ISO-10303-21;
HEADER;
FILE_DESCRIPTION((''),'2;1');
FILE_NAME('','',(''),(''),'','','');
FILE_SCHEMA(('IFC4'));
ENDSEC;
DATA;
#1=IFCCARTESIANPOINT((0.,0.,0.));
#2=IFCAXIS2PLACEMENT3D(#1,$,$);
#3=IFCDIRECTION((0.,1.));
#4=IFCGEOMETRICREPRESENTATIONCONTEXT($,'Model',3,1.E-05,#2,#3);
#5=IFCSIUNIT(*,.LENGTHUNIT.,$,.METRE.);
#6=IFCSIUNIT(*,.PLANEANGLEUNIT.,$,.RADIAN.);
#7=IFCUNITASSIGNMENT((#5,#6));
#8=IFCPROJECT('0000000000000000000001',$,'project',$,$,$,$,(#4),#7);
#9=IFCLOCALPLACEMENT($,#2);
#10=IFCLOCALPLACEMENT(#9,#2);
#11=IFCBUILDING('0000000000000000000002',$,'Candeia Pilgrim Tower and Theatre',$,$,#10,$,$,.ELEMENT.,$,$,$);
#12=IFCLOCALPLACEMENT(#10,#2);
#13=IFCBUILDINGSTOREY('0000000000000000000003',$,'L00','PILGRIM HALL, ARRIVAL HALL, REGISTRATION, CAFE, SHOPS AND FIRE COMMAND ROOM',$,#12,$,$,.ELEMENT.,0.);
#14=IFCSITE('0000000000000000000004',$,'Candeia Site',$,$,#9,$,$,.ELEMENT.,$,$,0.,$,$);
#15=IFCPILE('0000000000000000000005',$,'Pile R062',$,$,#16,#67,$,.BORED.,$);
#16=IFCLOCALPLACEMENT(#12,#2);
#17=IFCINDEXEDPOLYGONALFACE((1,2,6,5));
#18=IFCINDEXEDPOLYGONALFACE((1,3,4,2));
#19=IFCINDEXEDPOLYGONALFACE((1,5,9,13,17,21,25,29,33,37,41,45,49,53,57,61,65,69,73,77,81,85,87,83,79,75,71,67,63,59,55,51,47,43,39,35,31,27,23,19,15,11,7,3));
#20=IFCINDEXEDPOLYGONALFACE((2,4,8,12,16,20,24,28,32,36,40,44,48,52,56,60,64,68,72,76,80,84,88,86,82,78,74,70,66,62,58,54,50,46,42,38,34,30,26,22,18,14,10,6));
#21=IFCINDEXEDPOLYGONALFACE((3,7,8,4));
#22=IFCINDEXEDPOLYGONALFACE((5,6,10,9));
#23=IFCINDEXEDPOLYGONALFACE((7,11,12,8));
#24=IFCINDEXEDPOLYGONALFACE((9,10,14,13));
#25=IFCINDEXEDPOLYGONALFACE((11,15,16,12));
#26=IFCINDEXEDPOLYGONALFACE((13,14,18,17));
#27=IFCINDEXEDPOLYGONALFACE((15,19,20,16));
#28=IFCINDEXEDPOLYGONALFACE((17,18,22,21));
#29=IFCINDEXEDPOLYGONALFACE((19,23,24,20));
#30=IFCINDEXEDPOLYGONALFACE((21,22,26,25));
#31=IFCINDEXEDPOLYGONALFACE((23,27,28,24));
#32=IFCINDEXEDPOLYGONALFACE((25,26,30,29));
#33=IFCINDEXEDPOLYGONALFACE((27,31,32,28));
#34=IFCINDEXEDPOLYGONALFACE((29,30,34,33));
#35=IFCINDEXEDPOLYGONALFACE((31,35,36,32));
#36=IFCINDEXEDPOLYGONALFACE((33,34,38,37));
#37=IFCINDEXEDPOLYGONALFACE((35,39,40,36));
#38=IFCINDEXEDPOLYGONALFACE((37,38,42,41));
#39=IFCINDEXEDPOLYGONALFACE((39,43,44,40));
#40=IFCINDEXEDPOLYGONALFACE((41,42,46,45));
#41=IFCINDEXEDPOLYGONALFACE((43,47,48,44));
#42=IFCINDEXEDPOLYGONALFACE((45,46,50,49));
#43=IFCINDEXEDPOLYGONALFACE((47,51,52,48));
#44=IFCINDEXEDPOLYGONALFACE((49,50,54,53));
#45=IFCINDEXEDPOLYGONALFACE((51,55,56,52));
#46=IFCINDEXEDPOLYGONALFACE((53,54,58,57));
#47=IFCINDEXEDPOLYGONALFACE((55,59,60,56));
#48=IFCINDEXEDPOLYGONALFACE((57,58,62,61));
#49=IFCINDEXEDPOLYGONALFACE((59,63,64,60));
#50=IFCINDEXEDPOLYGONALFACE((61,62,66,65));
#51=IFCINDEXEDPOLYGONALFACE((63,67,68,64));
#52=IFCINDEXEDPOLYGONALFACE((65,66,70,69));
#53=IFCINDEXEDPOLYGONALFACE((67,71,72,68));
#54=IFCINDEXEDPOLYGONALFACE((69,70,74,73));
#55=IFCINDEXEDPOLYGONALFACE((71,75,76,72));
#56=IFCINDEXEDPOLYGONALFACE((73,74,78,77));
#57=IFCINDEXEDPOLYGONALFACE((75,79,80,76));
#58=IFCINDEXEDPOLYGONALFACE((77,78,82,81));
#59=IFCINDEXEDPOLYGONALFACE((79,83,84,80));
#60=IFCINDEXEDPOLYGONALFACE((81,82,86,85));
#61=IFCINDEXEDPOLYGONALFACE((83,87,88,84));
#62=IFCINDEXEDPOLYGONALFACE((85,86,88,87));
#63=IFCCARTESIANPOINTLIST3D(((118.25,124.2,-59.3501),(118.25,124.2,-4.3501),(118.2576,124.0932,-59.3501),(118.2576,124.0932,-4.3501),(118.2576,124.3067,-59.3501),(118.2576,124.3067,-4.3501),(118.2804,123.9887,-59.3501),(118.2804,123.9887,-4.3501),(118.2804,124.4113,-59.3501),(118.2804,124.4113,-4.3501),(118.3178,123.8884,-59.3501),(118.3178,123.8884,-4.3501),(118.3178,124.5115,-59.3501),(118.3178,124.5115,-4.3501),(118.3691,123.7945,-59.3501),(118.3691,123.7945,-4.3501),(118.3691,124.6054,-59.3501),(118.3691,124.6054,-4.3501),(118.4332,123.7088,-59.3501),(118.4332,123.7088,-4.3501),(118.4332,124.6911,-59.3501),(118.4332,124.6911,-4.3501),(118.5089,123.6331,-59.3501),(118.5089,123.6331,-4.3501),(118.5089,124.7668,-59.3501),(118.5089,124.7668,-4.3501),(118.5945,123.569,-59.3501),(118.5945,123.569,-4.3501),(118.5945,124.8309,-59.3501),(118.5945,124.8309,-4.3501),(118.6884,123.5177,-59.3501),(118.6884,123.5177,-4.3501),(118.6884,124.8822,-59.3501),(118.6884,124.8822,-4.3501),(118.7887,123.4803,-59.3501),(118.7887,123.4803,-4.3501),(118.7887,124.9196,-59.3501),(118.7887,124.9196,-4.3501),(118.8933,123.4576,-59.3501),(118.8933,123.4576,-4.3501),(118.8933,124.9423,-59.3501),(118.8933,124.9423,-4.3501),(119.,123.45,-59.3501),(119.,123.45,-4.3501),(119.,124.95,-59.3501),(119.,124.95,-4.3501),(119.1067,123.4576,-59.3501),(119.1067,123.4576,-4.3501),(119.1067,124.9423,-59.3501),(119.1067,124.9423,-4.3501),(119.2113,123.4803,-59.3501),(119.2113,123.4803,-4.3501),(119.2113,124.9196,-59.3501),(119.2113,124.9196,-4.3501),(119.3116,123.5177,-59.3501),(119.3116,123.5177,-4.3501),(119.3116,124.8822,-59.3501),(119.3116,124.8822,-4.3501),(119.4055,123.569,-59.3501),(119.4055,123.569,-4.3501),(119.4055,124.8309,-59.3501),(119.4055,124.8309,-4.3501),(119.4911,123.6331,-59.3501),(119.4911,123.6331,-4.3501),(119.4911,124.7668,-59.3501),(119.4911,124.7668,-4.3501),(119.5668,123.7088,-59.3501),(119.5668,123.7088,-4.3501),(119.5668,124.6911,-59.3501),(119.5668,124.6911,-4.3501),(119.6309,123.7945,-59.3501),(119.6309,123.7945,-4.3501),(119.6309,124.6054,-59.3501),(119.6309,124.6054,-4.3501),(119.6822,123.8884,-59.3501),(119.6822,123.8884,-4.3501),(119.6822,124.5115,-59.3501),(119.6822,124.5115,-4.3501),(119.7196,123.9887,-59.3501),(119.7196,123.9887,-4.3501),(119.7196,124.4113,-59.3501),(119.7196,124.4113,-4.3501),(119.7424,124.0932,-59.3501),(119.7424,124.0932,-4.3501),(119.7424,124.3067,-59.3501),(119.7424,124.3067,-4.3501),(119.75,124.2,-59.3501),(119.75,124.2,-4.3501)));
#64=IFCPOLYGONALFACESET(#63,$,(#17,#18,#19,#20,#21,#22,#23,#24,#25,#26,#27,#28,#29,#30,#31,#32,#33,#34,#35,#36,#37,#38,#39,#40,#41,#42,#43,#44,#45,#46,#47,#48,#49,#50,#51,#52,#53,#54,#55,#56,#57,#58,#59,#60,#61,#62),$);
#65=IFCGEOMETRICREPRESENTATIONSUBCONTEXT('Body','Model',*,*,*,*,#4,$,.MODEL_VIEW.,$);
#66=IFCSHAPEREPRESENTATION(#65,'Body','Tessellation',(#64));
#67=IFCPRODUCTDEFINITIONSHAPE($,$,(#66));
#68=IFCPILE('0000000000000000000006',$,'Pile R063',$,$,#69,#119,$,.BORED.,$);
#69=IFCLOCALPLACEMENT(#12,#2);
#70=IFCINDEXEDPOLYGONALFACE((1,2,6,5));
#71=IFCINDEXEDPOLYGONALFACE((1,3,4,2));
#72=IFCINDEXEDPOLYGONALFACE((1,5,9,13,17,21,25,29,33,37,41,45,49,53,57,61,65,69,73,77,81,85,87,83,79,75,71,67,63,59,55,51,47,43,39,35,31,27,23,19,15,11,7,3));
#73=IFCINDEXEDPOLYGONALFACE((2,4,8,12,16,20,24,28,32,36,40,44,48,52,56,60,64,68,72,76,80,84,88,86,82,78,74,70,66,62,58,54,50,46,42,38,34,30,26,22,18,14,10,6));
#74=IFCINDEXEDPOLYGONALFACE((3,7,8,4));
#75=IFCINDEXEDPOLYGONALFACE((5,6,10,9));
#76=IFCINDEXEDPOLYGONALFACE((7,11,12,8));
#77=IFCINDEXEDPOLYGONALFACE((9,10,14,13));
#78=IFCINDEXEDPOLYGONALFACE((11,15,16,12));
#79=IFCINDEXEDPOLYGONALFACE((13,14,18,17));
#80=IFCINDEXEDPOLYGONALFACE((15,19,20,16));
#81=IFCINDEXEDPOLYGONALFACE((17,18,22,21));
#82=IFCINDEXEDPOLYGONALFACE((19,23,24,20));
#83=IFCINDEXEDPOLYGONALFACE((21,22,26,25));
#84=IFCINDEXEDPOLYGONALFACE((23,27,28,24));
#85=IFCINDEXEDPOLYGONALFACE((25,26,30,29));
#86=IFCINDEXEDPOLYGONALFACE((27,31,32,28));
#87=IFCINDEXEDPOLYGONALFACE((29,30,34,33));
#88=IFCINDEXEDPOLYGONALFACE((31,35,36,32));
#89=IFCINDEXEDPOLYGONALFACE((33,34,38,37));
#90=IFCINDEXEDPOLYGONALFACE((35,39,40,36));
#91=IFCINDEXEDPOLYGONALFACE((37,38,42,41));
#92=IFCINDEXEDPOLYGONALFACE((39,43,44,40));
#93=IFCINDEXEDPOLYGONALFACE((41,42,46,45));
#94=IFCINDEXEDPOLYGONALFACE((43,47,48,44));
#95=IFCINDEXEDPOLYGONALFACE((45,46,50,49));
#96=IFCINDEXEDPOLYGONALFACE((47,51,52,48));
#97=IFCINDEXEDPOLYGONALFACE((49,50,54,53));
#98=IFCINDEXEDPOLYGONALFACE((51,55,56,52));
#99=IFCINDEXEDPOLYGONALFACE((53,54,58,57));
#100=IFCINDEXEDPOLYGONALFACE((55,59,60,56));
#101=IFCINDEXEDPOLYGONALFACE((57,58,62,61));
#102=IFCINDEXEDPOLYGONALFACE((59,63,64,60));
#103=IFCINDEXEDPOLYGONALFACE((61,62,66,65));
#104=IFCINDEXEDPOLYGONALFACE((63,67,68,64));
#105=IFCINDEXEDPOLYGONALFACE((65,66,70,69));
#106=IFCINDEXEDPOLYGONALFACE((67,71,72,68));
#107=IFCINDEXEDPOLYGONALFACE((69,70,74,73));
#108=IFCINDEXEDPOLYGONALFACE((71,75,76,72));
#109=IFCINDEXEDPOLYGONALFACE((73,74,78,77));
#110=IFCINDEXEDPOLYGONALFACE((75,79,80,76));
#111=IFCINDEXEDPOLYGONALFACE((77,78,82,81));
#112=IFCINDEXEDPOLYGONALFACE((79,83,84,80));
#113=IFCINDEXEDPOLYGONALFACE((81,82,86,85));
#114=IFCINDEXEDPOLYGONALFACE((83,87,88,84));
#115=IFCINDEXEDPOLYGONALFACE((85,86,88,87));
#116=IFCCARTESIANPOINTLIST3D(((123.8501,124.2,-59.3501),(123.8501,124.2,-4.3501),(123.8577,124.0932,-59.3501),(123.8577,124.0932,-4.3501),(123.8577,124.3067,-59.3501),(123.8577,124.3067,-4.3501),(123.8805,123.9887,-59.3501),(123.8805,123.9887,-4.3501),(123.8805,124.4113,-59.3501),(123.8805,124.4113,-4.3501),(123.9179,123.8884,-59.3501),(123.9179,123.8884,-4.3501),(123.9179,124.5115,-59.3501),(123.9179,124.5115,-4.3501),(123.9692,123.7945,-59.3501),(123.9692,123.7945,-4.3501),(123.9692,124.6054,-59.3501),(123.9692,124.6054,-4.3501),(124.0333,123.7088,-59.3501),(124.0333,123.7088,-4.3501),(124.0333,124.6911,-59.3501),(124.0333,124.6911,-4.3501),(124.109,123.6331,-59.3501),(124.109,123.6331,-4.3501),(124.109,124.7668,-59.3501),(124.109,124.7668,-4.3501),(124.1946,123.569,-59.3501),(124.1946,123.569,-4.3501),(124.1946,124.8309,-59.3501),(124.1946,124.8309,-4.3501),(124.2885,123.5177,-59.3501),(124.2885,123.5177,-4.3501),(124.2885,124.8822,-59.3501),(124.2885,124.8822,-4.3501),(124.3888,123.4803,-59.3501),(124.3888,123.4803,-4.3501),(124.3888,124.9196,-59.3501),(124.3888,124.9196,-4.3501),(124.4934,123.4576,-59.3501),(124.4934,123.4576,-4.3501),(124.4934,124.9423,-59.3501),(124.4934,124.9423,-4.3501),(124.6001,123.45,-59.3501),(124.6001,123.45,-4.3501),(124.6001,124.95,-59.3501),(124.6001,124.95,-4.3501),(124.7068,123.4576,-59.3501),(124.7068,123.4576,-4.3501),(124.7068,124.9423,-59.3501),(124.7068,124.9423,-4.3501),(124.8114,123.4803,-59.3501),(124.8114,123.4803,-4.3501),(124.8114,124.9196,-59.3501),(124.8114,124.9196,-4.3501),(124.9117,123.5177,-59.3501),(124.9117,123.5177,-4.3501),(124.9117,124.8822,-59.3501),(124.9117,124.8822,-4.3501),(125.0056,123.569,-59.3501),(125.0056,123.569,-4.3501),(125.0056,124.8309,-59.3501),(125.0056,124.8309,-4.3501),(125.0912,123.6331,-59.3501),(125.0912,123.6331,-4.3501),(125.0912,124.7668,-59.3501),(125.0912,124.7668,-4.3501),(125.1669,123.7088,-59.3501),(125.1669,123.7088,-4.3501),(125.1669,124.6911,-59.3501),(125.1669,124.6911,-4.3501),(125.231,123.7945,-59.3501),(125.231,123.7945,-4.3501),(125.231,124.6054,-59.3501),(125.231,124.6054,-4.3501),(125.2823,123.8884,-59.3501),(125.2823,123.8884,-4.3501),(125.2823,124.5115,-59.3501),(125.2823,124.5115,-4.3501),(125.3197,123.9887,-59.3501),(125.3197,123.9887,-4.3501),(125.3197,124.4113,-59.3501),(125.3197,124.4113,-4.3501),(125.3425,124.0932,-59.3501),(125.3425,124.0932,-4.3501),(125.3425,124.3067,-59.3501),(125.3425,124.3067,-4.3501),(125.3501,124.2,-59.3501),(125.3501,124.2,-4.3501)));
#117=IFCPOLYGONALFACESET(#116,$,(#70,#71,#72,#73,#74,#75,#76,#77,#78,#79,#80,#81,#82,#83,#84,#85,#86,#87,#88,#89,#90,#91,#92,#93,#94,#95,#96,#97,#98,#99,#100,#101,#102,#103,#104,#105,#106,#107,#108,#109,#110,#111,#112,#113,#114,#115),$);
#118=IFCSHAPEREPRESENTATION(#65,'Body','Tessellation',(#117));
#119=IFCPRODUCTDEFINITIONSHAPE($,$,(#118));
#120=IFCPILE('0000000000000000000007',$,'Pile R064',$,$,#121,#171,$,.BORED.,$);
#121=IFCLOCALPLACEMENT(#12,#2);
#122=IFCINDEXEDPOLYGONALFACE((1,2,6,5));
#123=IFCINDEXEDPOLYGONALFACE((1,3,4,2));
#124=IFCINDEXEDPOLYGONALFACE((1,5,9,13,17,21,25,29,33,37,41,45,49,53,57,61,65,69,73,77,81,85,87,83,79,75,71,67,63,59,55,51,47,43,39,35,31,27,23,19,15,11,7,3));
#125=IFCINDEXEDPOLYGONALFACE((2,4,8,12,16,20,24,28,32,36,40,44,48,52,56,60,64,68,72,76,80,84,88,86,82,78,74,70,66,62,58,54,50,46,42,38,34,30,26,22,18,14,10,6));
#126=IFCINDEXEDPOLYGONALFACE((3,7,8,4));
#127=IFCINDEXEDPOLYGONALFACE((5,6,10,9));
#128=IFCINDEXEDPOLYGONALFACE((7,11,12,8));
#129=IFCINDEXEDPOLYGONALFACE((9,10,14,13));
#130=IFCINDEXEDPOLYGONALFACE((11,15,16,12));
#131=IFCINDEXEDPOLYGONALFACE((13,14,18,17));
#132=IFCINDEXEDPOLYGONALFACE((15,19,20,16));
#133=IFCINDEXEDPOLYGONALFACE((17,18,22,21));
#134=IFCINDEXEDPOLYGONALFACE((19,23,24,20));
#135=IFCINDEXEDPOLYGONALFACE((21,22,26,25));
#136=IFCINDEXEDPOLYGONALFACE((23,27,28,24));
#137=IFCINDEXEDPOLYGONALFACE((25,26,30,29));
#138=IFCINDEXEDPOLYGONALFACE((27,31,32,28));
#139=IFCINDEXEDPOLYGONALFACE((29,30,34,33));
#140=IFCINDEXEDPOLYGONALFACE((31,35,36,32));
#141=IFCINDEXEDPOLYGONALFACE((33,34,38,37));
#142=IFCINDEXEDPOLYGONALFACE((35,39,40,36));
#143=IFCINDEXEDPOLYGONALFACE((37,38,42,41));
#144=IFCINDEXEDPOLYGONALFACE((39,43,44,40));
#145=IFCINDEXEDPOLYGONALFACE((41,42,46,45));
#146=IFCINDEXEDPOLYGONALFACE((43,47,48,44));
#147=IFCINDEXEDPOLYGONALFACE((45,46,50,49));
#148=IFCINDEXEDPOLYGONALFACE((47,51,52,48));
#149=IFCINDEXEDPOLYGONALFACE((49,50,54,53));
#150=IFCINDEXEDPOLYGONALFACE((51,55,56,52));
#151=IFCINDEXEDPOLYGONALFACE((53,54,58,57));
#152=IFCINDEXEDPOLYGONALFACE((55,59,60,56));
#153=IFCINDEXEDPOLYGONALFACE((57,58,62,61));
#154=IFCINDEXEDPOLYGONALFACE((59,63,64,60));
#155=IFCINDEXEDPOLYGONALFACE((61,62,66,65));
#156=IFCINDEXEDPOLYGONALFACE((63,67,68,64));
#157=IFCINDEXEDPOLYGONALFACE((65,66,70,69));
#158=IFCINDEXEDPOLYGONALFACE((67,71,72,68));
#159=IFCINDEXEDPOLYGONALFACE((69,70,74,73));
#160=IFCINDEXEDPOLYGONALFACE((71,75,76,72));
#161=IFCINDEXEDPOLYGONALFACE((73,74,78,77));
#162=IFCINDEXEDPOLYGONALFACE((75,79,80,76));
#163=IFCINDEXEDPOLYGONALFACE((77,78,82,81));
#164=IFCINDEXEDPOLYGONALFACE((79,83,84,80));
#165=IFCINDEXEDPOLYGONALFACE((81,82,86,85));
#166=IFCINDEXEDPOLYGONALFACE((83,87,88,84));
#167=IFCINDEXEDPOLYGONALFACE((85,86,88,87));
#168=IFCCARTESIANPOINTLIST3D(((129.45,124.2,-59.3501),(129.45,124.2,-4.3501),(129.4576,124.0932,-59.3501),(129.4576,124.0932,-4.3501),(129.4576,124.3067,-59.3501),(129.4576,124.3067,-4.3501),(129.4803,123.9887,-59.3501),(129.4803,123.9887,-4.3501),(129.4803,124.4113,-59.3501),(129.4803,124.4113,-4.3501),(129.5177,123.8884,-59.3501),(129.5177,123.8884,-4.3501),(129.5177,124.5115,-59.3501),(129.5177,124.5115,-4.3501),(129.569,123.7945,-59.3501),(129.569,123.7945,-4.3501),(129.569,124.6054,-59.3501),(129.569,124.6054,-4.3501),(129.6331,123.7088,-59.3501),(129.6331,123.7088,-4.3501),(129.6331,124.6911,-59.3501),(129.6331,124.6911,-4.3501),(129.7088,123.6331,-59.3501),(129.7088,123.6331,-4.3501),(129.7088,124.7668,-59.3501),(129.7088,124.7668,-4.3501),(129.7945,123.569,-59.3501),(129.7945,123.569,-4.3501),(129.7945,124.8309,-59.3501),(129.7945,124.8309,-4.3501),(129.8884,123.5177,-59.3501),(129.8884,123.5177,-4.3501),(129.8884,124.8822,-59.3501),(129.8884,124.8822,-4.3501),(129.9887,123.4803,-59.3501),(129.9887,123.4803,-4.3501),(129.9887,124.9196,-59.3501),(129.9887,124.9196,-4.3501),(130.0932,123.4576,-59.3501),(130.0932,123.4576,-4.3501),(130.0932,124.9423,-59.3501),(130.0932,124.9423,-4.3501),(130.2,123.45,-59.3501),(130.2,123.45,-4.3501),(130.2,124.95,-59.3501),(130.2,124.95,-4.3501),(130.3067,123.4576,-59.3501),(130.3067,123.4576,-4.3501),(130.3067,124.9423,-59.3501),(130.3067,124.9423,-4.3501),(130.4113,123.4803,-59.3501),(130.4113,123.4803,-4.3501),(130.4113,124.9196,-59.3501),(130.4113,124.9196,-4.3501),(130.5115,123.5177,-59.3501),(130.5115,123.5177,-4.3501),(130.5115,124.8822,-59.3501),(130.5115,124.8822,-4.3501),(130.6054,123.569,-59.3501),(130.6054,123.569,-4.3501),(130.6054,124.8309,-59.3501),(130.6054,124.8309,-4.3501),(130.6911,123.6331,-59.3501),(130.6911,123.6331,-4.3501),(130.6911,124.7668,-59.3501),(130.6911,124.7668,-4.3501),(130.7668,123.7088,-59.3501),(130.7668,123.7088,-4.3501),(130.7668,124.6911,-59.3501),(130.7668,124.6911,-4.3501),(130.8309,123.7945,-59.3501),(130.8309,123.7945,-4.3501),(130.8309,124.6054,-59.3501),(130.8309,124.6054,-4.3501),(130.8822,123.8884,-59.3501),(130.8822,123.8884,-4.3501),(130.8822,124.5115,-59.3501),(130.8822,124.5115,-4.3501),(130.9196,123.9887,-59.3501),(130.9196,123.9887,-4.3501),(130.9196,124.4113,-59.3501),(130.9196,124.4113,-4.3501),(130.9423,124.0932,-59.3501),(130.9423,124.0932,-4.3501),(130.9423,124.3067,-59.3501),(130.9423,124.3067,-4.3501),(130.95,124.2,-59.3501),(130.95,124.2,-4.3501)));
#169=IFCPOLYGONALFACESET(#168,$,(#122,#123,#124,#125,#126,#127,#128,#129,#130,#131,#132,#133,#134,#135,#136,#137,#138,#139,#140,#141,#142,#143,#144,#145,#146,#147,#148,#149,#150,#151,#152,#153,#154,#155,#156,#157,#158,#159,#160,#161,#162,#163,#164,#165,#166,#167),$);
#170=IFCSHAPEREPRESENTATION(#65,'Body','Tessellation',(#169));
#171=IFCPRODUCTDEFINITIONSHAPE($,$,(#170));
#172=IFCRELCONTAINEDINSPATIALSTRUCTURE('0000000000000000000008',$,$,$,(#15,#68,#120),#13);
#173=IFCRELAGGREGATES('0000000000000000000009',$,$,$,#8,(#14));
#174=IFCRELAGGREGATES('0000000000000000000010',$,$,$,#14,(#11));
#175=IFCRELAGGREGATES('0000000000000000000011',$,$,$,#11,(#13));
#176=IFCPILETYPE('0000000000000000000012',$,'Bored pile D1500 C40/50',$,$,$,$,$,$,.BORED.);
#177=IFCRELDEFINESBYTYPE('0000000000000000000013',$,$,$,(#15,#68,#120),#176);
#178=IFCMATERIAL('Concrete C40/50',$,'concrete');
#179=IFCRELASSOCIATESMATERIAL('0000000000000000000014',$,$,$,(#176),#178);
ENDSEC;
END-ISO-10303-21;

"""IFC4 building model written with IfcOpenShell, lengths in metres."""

from ifc_helpers import new_model, si_unit, direction, frame, origin, origin_2d, place, context, subcontext, project, spatial, circle, extrude, material, material_profile, profile_set, type_object, element, save


model = new_model("IFC4")

# Units and contexts
model_context = context("Model", 3, precision=1e-05, world=origin(), true_north=direction((0.0, 1.0)))
body_context = subcontext(model_context, "Body", "Model", "MODEL_VIEW")
ifc_project = project(units=[si_unit("LENGTHUNIT", "METRE"), si_unit("PLANEANGLEUNIT", "RADIAN")], contexts=[model_context])

# Site, building, storey
site_placement = place(None, origin())
site = spatial("IfcSite", under=ifc_project, at=site_placement, Name="Candeia Site", CompositionType="ELEMENT", RefElevation=0.0)
building_placement = place(site_placement, origin())
building = spatial("IfcBuilding", under=site, at=building_placement, Name="Candeia Pilgrim Tower and Theatre", CompositionType="ELEMENT")
storey_placement = place(building_placement, origin())
storey = spatial("IfcBuildingStorey", under=building, at=storey_placement, Name="L00", Description="PILGRIM HALL, ARRIVAL HALL, REGISTRATION, CAFE, SHOPS AND FIRE COMMAND ROOM", CompositionType="ELEMENT", Elevation=0.0)

# Piles
ifc_material_1 = material(Name="Concrete C40/50", Category="concrete")
ifc_material_profile = material_profile(ifc_material_1, circle(Radius=0.75, at=origin_2d()))
ifc_profile_set = profile_set([ifc_material_profile], Name="Concrete C40/50")
pile_type = type_object("IfcPileType", Name="Bored pile D1500 C40/50", PredefinedType="BORED", material=ifc_profile_set)
for number, where, z_axis, x_axis, name in (
    (1, (119.0, 124.2, -4.3501), (0.0, 0.0, -1.0), (1.0, 0.0, 0.0), "Pile R062"),
    (2, (124.6001, 124.2, -4.3501), (0.0, 0.0, -1.0), (1.0, 0.0, 0.0), "Pile R063"),
    (3, (130.2, 124.2, -4.3501), (0.0, 0.0, -1.0), (1.0, 0.0, 0.0), "Pile R064"),
):
    element("IfcPile", number, at=place(storey_placement, frame(where, z_axis=z_axis, x_axis=x_axis)), inside=storey, type_object=pile_type, Name=name, PredefinedType="BORED", context=body_context, shape_type="SweptSolid", body=[
        extrude(circle(Radius=0.75, at=origin_2d()), origin(), (0.0, 0.0, 1.0), 55.0),
    ])

save(model, "model.ifc")
